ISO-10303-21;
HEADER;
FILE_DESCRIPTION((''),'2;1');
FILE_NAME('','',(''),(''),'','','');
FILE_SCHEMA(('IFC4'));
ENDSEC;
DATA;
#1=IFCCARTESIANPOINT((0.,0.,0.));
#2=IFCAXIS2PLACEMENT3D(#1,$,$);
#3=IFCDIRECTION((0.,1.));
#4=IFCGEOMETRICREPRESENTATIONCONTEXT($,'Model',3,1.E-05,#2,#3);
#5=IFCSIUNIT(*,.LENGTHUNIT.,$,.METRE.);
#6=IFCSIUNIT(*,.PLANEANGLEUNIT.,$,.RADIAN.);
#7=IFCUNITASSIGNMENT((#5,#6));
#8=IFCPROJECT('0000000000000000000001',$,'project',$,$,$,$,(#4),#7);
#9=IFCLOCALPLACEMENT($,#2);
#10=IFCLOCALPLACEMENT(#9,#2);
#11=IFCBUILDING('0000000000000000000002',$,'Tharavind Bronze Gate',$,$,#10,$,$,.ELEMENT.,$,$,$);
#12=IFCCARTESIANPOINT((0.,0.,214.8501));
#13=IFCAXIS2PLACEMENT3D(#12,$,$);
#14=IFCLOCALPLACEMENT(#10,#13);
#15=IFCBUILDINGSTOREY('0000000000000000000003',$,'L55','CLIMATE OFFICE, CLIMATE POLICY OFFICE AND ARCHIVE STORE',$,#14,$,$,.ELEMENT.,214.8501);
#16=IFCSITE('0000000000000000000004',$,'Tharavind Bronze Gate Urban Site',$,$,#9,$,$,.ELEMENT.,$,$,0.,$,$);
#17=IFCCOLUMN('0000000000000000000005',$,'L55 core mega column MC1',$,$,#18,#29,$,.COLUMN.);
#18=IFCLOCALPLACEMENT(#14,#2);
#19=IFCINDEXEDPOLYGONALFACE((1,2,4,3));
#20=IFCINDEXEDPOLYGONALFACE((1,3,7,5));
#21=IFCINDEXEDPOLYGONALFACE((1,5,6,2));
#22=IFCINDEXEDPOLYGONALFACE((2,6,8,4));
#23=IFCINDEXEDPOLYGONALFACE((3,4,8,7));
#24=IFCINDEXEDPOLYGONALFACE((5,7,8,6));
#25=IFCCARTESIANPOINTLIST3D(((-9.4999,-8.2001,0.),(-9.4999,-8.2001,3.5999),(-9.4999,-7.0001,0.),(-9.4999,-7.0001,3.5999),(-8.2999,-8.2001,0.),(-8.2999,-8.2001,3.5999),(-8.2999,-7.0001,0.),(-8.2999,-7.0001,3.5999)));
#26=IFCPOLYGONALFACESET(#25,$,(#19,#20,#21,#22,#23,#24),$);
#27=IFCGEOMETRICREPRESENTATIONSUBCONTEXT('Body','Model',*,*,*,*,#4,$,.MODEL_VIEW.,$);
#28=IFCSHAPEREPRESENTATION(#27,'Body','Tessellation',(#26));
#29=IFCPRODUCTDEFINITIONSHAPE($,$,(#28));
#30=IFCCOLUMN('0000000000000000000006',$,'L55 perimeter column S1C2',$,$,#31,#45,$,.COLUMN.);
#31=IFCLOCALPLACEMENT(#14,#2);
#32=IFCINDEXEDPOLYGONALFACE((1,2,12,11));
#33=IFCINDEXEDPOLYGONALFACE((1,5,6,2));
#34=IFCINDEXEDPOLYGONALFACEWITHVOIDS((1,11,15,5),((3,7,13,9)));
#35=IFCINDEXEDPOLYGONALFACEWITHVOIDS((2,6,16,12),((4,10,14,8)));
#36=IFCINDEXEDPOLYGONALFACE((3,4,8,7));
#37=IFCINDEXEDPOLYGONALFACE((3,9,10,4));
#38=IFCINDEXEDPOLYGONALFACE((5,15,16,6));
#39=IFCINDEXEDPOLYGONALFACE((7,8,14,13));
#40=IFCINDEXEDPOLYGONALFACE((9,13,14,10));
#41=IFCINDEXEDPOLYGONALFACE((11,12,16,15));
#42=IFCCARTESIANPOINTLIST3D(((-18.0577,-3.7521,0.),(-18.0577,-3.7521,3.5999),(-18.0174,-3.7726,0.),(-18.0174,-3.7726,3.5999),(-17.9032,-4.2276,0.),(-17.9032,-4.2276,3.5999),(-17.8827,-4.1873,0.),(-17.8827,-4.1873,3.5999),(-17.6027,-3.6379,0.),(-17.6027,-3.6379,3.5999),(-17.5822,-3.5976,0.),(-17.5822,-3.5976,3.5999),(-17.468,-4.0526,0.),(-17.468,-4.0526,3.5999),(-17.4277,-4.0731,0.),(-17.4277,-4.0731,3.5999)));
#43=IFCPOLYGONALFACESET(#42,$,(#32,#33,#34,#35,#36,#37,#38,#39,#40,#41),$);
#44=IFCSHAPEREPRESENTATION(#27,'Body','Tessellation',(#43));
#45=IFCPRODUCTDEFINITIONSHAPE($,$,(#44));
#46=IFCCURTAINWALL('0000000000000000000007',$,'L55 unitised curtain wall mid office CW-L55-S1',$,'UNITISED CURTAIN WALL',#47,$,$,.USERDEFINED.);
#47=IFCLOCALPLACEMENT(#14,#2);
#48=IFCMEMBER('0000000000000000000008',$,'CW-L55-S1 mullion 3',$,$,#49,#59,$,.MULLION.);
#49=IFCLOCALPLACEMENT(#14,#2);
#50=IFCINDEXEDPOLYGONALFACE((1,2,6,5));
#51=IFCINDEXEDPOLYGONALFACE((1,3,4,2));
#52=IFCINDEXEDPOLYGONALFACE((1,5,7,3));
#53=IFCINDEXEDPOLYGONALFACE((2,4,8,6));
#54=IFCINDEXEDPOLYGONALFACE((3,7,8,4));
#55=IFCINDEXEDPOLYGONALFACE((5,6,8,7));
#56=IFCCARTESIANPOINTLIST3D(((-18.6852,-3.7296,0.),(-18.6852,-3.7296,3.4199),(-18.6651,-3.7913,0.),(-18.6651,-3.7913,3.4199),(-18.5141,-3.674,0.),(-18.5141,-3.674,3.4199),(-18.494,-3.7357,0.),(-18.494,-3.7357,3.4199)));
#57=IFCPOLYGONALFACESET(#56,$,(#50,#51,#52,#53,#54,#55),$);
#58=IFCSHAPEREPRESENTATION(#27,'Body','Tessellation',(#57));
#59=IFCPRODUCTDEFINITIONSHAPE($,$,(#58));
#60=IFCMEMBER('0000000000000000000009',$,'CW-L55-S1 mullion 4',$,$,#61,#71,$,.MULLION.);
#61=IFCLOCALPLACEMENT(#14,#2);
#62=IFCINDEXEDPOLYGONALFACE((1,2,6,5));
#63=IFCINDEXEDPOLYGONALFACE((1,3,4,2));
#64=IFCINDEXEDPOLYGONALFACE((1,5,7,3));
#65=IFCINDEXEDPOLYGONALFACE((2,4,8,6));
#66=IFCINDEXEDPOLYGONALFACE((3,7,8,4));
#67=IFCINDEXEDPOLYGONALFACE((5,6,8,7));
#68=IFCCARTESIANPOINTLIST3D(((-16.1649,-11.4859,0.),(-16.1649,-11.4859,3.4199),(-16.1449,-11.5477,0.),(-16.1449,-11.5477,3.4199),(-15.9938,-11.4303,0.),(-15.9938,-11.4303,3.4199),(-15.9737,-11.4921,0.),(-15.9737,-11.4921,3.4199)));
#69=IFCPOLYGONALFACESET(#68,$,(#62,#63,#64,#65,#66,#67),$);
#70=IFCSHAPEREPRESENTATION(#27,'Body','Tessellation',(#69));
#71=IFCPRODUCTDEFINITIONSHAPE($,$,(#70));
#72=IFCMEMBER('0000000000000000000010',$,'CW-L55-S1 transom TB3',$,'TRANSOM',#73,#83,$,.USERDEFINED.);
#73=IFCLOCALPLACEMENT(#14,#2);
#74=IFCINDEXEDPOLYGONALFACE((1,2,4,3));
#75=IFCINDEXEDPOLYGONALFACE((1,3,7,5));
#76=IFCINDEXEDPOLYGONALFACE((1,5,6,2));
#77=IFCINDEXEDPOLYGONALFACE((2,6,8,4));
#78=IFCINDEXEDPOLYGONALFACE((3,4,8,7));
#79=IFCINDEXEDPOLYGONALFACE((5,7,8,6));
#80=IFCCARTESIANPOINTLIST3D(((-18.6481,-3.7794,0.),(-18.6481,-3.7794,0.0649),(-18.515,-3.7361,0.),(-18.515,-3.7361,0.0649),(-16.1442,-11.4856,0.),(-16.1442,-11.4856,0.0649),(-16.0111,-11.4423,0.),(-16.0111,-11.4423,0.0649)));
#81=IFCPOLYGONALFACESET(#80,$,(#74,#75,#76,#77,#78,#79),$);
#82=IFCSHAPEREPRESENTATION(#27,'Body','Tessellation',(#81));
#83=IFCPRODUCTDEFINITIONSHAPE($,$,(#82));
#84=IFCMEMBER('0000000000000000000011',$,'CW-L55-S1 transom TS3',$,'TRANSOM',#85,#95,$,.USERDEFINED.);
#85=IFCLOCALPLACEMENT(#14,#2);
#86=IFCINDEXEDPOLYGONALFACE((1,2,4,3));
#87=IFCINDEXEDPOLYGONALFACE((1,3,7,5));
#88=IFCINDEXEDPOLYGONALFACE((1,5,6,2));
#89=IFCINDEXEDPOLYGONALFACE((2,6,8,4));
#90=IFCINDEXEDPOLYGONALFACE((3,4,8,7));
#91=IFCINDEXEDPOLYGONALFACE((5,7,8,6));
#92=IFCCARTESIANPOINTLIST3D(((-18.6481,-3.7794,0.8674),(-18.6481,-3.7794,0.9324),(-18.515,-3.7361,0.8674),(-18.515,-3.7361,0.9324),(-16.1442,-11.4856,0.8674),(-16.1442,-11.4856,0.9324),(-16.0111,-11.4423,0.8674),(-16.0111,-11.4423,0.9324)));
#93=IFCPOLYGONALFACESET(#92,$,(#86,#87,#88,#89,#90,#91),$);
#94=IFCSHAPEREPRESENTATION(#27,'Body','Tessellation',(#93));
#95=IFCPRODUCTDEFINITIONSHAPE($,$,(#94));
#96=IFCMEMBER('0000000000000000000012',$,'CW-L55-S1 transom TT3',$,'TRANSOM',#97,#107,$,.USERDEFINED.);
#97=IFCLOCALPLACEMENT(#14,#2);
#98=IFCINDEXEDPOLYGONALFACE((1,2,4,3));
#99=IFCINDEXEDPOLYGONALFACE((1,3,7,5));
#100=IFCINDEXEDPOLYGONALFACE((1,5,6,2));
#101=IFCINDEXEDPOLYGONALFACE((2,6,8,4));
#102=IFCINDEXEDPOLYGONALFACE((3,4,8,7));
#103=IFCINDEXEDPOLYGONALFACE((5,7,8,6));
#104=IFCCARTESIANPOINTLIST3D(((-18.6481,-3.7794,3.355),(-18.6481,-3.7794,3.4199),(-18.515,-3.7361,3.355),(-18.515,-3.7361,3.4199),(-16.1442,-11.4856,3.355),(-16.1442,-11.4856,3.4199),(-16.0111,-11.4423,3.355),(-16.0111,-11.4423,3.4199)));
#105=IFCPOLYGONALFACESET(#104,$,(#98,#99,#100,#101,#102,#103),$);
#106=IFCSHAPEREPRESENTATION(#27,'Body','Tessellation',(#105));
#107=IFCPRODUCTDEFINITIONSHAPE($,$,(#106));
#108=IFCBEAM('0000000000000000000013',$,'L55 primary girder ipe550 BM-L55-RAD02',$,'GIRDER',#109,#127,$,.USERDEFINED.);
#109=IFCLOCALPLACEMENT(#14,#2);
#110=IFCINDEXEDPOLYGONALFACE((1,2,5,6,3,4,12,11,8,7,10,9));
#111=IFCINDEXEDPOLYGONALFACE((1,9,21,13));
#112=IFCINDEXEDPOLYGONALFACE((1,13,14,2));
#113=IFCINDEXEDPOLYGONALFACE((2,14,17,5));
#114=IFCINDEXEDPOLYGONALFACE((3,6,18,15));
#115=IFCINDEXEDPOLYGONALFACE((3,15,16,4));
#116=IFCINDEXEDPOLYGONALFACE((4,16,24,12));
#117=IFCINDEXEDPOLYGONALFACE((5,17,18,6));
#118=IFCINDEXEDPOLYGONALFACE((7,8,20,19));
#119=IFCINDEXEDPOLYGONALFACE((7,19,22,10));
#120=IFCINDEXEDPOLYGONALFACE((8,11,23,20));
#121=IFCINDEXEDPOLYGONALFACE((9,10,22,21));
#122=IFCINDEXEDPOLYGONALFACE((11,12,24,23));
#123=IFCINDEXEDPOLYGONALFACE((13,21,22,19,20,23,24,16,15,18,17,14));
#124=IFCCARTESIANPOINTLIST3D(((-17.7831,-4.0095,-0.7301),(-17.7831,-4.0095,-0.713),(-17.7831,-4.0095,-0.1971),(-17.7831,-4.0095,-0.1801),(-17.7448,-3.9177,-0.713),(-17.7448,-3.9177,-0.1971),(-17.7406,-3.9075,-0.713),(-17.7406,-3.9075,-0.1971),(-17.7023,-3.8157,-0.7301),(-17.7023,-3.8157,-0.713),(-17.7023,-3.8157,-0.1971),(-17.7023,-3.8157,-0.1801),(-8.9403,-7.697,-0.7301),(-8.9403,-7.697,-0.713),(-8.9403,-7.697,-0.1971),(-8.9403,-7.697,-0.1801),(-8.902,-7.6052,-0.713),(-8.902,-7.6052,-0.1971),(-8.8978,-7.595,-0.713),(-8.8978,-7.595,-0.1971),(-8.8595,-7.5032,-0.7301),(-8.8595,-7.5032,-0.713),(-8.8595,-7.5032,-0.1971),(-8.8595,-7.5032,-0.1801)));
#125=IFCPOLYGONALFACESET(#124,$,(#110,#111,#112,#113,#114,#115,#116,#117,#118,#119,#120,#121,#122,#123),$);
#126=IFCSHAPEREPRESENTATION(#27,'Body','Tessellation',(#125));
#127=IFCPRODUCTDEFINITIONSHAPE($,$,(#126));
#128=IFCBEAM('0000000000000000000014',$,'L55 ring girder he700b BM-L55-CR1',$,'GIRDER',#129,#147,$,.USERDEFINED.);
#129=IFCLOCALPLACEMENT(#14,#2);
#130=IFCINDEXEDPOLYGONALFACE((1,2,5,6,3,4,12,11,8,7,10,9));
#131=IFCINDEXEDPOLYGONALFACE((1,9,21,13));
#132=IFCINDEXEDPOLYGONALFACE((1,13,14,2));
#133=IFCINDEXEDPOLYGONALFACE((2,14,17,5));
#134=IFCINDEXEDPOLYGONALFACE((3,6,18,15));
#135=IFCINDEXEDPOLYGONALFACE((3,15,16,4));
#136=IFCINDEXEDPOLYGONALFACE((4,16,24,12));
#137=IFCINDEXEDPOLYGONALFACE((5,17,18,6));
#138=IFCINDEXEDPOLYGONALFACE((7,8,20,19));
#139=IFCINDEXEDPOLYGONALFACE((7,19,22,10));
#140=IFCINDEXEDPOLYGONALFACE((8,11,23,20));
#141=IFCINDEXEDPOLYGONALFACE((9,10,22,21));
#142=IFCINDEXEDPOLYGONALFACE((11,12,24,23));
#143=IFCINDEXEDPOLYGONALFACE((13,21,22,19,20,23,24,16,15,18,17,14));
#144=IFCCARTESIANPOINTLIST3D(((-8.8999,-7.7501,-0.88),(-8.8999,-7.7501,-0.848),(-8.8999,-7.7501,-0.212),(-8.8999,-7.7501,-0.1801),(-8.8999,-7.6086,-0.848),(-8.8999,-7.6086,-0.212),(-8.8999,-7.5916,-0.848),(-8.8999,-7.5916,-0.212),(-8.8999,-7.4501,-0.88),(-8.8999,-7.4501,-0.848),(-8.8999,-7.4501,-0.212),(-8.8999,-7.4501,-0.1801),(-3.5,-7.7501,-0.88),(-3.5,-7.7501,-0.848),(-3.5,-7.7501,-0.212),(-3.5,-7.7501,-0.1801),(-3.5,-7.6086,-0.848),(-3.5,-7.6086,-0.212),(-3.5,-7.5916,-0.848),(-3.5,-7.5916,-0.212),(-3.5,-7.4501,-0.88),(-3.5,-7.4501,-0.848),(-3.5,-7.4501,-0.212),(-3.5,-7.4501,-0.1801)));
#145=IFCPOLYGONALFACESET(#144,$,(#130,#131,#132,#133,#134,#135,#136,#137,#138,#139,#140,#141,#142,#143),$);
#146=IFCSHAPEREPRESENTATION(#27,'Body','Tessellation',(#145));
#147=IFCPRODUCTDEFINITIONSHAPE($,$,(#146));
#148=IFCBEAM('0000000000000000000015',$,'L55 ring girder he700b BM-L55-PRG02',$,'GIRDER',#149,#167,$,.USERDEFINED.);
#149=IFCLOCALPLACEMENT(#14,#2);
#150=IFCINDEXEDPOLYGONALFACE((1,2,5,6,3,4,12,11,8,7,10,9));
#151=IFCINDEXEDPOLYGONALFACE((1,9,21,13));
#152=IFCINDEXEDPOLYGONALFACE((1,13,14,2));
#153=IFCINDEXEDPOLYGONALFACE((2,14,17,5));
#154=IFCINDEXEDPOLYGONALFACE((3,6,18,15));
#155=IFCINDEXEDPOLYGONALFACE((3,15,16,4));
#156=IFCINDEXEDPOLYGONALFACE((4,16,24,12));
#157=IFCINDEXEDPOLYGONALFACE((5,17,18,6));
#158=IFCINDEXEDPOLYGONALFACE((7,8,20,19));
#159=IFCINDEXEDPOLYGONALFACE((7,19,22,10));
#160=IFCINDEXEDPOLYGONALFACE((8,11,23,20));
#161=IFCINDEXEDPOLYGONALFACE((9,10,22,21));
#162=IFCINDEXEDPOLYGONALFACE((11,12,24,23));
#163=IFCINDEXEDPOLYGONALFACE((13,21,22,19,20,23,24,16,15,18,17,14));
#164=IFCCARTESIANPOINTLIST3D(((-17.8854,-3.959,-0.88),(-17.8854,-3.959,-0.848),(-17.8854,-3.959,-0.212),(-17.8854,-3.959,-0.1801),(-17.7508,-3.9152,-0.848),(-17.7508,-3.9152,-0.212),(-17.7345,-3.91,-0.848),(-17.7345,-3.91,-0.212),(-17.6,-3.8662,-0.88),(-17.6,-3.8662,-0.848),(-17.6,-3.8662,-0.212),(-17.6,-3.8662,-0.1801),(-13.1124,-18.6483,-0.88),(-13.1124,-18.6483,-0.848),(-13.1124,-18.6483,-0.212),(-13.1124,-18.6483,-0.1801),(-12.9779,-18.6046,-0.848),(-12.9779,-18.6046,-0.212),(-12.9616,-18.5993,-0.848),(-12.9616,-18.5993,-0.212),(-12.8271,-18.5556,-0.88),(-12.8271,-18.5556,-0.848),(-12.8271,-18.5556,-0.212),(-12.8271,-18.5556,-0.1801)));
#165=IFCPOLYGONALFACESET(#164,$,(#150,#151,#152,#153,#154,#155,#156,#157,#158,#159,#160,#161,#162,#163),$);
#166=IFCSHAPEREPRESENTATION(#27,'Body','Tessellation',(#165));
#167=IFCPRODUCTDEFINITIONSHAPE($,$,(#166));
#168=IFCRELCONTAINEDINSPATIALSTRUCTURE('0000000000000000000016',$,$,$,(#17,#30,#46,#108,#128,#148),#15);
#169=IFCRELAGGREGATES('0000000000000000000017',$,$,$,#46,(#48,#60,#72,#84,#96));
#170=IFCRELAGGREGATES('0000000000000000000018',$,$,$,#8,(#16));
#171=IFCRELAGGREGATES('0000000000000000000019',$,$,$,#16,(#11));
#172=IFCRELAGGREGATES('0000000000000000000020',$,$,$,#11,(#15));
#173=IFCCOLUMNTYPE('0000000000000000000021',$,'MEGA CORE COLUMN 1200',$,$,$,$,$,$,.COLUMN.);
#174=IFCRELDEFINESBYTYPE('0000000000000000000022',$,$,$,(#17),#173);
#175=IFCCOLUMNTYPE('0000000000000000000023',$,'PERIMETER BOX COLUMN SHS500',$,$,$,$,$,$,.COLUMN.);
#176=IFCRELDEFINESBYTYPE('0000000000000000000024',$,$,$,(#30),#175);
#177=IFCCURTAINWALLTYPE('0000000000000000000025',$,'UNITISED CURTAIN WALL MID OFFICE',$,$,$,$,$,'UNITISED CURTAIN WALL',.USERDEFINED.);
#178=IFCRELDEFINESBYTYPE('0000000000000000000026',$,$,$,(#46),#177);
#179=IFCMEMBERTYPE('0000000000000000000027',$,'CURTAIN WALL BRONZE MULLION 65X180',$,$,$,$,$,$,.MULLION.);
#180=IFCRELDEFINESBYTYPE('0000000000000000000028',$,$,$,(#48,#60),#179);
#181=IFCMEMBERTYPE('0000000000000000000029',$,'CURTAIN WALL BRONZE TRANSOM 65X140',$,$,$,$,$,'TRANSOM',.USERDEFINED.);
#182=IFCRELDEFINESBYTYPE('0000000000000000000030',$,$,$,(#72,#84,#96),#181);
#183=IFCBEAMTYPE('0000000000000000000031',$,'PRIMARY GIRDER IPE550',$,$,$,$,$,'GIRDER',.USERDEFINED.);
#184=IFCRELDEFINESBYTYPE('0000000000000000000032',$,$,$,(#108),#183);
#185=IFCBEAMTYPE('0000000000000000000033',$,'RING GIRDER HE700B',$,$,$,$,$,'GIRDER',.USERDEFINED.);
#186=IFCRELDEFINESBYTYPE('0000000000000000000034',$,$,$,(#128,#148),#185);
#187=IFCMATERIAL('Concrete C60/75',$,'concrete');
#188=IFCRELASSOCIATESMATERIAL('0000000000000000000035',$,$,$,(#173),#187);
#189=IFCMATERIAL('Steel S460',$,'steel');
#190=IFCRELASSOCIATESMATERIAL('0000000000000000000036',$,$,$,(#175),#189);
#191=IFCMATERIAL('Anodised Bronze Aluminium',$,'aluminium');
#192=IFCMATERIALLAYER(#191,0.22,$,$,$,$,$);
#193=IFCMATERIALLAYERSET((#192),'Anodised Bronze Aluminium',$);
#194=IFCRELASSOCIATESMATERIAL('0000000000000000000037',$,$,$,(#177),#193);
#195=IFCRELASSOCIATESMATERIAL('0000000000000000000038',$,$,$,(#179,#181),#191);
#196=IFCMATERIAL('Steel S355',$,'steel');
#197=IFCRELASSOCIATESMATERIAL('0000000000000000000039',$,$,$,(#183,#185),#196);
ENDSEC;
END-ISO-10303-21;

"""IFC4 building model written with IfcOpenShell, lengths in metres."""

from ifc_helpers import new_model, si_unit, direction, frame, origin, origin_2d, place, context, subcontext, project, spatial, rectangle, hollow_rectangle, i_section, extrude, material, layer, layer_set, material_profile, profile_set, type_object, element, aggregate, save


model = new_model("IFC4")

# Units and contexts
model_context = context("Model", 3, precision=1e-05, world=origin(), true_north=direction((0.0, 1.0)))
body_context = subcontext(model_context, "Body", "Model", "MODEL_VIEW")
ifc_project = project(units=[si_unit("LENGTHUNIT", "METRE"), si_unit("PLANEANGLEUNIT", "RADIAN")], contexts=[model_context])

# Site, building, storey
site_placement = place(None, origin())
site = spatial("IfcSite", under=ifc_project, at=site_placement, Name="Tharavind Bronze Gate Urban Site", CompositionType="ELEMENT", RefElevation=0.0)
building_placement = place(site_placement, origin())
building = spatial("IfcBuilding", under=site, at=building_placement, Name="Tharavind Bronze Gate", CompositionType="ELEMENT")
storey_placement = place(building_placement, frame((0.0, 0.0, 214.8501)))
storey = spatial("IfcBuildingStorey", under=building, at=storey_placement, Name="L55", Description="CLIMATE OFFICE, CLIMATE POLICY OFFICE AND ARCHIVE STORE", CompositionType="ELEMENT", Elevation=214.8501)

# Columns
ifc_material_1 = material(Name="Concrete C60/75", Category="concrete")
ifc_material_profile_1 = material_profile(ifc_material_1, rectangle(XDim=1.2, YDim=1.2, at=origin_2d()), Name="RCCOL1200")
ifc_profile_set_1 = profile_set([ifc_material_profile_1], Name="Concrete C60/75")
column_type_1 = type_object("IfcColumnType", Name="MEGA CORE COLUMN 1200", PredefinedType="COLUMN", material=ifc_profile_set_1)
column_1_placement = place(storey_placement, frame((-8.8999, -7.6001, 0.0), z_axis=(0.0, 0.0, 1.0), x_axis=(1.0, 0.0, 0.0)))
element("IfcColumn", 1, at=column_1_placement, inside=storey, type_object=column_type_1, Name="L55 core mega column MC1", PredefinedType="COLUMN", context=body_context, shape_type="SweptSolid", body=[
    extrude(rectangle(XDim=1.2, YDim=1.2, at=origin_2d()), origin(), (0.0, 0.0, 1.0), 3.5999),
])
ifc_material_2 = material(Name="Steel S460", Category="steel")
ifc_material_profile_2 = material_profile(ifc_material_2, hollow_rectangle(XDim=0.5, YDim=0.5, WallThickness=0.032, at=origin_2d()), Name="SHS500X32")
ifc_profile_set_2 = profile_set([ifc_material_profile_2], Name="Steel S460")
column_type_2 = type_object("IfcColumnType", Name="PERIMETER BOX COLUMN SHS500", PredefinedType="COLUMN", material=ifc_profile_set_2)
column_2_placement = place(storey_placement, frame((-17.7427, -3.9126, 0.0), z_axis=(0.0, 0.0, 1.0), x_axis=(-0.309017, 0.951057, 0.0)))
element("IfcColumn", 2, at=column_2_placement, inside=storey, type_object=column_type_2, Name="L55 perimeter column S1C2", PredefinedType="COLUMN", context=body_context, shape_type="SweptSolid", body=[
    extrude(hollow_rectangle(XDim=0.5, YDim=0.5, WallThickness=0.032, at=origin_2d()), origin(), (0.0, 0.0, 1.0), 3.5999),
])

# Curtain wall, members
ifc_material_3 = material(Name="Anodised Bronze Aluminium", Category="aluminium")
ifc_layer_1 = layer(ifc_material_3, 0.22)
ifc_layer_set_1 = layer_set([ifc_layer_1], Name="Anodised Bronze Aluminium")
curtain_wall_type = type_object("IfcCurtainWallType", Name="UNITISED CURTAIN WALL MID OFFICE", ElementType="UNITISED CURTAIN WALL", PredefinedType="USERDEFINED", material=ifc_layer_set_1)
curtain_wall_placement = place(storey_placement, origin())
curtain_wall = element("IfcCurtainWall", 3, at=curtain_wall_placement, inside=storey, type_object=curtain_wall_type, Name="L55 unitised curtain wall mid office CW-L55-S1", ObjectType="UNITISED CURTAIN WALL", PredefinedType="USERDEFINED")
member_type_1 = type_object("IfcMemberType", Name="CURTAIN WALL BRONZE MULLION 65X180", PredefinedType="MULLION", material=ifc_material_3)
member_1_placement = place(storey_placement, frame((-18.5896, -3.7327, 0.0), z_axis=(0.0, 0.0, 1.0), x_axis=(0.309017, -0.951057, 0.0)))
member_1 = element("IfcMember", 4, at=member_1_placement, type_object=member_type_1, Name="CW-L55-S1 mullion 3", PredefinedType="MULLION", context=body_context, shape_type="SweptSolid", body=[
    extrude(rectangle(XDim=0.0649, YDim=0.1799, at=origin_2d()), origin(), (0.0, 0.0, 1.0), 3.4199),
])
member_2_placement = place(storey_placement, frame((-16.0693, -11.489, 0.0), z_axis=(0.0, 0.0, 1.0), x_axis=(0.309017, -0.951057, 0.0)))
member_2 = element("IfcMember", 5, at=member_2_placement, type_object=member_type_1, Name="CW-L55-S1 mullion 4", PredefinedType="MULLION", context=body_context, shape_type="SweptSolid", body=[
    extrude(rectangle(XDim=0.0649, YDim=0.1799, at=origin_2d()), origin(), (0.0, 0.0, 1.0), 3.4199),
])
member_type_2 = type_object("IfcMemberType", Name="CURTAIN WALL BRONZE TRANSOM 65X140", ElementType="TRANSOM", PredefinedType="USERDEFINED", material=ifc_material_3)
member_3_placement = place(storey_placement, frame((-17.3296, -7.6108, 0.0), z_axis=(0.0, 0.0, 1.0), x_axis=(0.309017, -0.951057, 0.0)))
member_3 = element("IfcMember", 6, at=member_3_placement, type_object=member_type_2, Name="CW-L55-S1 transom TB3", ObjectType="TRANSOM", PredefinedType="USERDEFINED", context=body_context, shape_type="SweptSolid", body=[
    extrude(rectangle(XDim=8.1028, YDim=0.1399, at=origin_2d()), origin(), (0.0, 0.0, 1.0), 0.0649),
])
member_4_placement = place(storey_placement, frame((-17.3296, -7.6108, 0.8674), z_axis=(0.0, 0.0, 1.0), x_axis=(0.309017, -0.951057, 0.0)))
member_4 = element("IfcMember", 7, at=member_4_placement, type_object=member_type_2, Name="CW-L55-S1 transom TS3", ObjectType="TRANSOM", PredefinedType="USERDEFINED", context=body_context, shape_type="SweptSolid", body=[
    extrude(rectangle(XDim=8.1028, YDim=0.1399, at=origin_2d()), origin(), (0.0, 0.0, 1.0), 0.0649),
])
member_5_placement = place(storey_placement, frame((-17.3296, -7.6108, 3.355), z_axis=(0.0, 0.0, 1.0), x_axis=(0.309017, -0.951057, 0.0)))
member_5 = element("IfcMember", 8, at=member_5_placement, type_object=member_type_2, Name="CW-L55-S1 transom TT3", ObjectType="TRANSOM", PredefinedType="USERDEFINED", context=body_context, shape_type="SweptSolid", body=[
    extrude(rectangle(XDim=8.1028, YDim=0.1399, at=origin_2d()), origin(), (0.0, 0.0, 1.0), 0.0649),
])

# Beams
ifc_material_4 = material(Name="Steel S355", Category="steel")
ifc_material_profile_3 = material_profile(ifc_material_4, i_section(OverallWidth=0.21, OverallDepth=0.55, WebThickness=0.011, FlangeThickness=0.0171, at=origin_2d()), Name="IPE550")
ifc_profile_set_3 = profile_set([ifc_material_profile_3], Name="Steel S355")
beam_type_1 = type_object("IfcBeamType", Name="PRIMARY GIRDER IPE550", ElementType="GIRDER", PredefinedType="USERDEFINED", material=ifc_profile_set_3)
beam_1_placement = place(storey_placement, frame((-17.7427, -3.9126, -0.4551), z_axis=(0.922965, -0.384883, 0.0), x_axis=(0.384883, 0.922965, 0.0)))
element("IfcBeam", 9, at=beam_1_placement, inside=storey, type_object=beam_type_1, Name="L55 primary girder ipe550 BM-L55-RAD02", ObjectType="GIRDER", PredefinedType="USERDEFINED", context=body_context, shape_type="SweptSolid", body=[
    extrude(i_section(OverallWidth=0.21, OverallDepth=0.55, WebThickness=0.011, FlangeThickness=0.0171, at=origin_2d()), origin(), (0.0, 0.0, 1.0), 9.5808),
])
ifc_material_profile_4 = material_profile(ifc_material_4, i_section(OverallWidth=0.3, OverallDepth=0.7, WebThickness=0.0171, FlangeThickness=0.032, at=origin_2d()), Name="HE700B")
ifc_profile_set_4 = profile_set([ifc_material_profile_4], Name="Steel S355")
beam_type_2 = type_object("IfcBeamType", Name="RING GIRDER HE700B", ElementType="GIRDER", PredefinedType="USERDEFINED", material=ifc_profile_set_4)
beam_2_placement = place(storey_placement, frame((-8.8999, -7.6001, -0.53), z_axis=(1.0, 0.0, 0.0), x_axis=(0.0, 1.0, 0.0)))
element("IfcBeam", 10, at=beam_2_placement, inside=storey, type_object=beam_type_2, Name="L55 ring girder he700b BM-L55-CR1", ObjectType="GIRDER", PredefinedType="USERDEFINED", context=body_context, shape_type="SweptSolid", body=[
    extrude(i_section(OverallWidth=0.3, OverallDepth=0.7, WebThickness=0.0171, FlangeThickness=0.032, at=origin_2d()), origin(), (0.0, 0.0, 1.0), 5.3999),
])
beam_3_placement = place(storey_placement, frame((-17.7427, -3.9126, -0.53), z_axis=(0.30902, -0.951055, 0.0), x_axis=(0.951055, 0.30902, 0.0)))
element("IfcBeam", 11, at=beam_3_placement, inside=storey, type_object=beam_type_2, Name="L55 ring girder he700b BM-L55-PRG02", ObjectType="GIRDER", PredefinedType="USERDEFINED", context=body_context, shape_type="SweptSolid", body=[
    extrude(i_section(OverallWidth=0.3, OverallDepth=0.7, WebThickness=0.0171, FlangeThickness=0.032, at=origin_2d()), origin(), (0.0, 0.0, 1.0), 15.4453),
])

aggregate(curtain_wall, [member_1, member_2, member_3, member_4, member_5])

save(model, "model.ifc")
